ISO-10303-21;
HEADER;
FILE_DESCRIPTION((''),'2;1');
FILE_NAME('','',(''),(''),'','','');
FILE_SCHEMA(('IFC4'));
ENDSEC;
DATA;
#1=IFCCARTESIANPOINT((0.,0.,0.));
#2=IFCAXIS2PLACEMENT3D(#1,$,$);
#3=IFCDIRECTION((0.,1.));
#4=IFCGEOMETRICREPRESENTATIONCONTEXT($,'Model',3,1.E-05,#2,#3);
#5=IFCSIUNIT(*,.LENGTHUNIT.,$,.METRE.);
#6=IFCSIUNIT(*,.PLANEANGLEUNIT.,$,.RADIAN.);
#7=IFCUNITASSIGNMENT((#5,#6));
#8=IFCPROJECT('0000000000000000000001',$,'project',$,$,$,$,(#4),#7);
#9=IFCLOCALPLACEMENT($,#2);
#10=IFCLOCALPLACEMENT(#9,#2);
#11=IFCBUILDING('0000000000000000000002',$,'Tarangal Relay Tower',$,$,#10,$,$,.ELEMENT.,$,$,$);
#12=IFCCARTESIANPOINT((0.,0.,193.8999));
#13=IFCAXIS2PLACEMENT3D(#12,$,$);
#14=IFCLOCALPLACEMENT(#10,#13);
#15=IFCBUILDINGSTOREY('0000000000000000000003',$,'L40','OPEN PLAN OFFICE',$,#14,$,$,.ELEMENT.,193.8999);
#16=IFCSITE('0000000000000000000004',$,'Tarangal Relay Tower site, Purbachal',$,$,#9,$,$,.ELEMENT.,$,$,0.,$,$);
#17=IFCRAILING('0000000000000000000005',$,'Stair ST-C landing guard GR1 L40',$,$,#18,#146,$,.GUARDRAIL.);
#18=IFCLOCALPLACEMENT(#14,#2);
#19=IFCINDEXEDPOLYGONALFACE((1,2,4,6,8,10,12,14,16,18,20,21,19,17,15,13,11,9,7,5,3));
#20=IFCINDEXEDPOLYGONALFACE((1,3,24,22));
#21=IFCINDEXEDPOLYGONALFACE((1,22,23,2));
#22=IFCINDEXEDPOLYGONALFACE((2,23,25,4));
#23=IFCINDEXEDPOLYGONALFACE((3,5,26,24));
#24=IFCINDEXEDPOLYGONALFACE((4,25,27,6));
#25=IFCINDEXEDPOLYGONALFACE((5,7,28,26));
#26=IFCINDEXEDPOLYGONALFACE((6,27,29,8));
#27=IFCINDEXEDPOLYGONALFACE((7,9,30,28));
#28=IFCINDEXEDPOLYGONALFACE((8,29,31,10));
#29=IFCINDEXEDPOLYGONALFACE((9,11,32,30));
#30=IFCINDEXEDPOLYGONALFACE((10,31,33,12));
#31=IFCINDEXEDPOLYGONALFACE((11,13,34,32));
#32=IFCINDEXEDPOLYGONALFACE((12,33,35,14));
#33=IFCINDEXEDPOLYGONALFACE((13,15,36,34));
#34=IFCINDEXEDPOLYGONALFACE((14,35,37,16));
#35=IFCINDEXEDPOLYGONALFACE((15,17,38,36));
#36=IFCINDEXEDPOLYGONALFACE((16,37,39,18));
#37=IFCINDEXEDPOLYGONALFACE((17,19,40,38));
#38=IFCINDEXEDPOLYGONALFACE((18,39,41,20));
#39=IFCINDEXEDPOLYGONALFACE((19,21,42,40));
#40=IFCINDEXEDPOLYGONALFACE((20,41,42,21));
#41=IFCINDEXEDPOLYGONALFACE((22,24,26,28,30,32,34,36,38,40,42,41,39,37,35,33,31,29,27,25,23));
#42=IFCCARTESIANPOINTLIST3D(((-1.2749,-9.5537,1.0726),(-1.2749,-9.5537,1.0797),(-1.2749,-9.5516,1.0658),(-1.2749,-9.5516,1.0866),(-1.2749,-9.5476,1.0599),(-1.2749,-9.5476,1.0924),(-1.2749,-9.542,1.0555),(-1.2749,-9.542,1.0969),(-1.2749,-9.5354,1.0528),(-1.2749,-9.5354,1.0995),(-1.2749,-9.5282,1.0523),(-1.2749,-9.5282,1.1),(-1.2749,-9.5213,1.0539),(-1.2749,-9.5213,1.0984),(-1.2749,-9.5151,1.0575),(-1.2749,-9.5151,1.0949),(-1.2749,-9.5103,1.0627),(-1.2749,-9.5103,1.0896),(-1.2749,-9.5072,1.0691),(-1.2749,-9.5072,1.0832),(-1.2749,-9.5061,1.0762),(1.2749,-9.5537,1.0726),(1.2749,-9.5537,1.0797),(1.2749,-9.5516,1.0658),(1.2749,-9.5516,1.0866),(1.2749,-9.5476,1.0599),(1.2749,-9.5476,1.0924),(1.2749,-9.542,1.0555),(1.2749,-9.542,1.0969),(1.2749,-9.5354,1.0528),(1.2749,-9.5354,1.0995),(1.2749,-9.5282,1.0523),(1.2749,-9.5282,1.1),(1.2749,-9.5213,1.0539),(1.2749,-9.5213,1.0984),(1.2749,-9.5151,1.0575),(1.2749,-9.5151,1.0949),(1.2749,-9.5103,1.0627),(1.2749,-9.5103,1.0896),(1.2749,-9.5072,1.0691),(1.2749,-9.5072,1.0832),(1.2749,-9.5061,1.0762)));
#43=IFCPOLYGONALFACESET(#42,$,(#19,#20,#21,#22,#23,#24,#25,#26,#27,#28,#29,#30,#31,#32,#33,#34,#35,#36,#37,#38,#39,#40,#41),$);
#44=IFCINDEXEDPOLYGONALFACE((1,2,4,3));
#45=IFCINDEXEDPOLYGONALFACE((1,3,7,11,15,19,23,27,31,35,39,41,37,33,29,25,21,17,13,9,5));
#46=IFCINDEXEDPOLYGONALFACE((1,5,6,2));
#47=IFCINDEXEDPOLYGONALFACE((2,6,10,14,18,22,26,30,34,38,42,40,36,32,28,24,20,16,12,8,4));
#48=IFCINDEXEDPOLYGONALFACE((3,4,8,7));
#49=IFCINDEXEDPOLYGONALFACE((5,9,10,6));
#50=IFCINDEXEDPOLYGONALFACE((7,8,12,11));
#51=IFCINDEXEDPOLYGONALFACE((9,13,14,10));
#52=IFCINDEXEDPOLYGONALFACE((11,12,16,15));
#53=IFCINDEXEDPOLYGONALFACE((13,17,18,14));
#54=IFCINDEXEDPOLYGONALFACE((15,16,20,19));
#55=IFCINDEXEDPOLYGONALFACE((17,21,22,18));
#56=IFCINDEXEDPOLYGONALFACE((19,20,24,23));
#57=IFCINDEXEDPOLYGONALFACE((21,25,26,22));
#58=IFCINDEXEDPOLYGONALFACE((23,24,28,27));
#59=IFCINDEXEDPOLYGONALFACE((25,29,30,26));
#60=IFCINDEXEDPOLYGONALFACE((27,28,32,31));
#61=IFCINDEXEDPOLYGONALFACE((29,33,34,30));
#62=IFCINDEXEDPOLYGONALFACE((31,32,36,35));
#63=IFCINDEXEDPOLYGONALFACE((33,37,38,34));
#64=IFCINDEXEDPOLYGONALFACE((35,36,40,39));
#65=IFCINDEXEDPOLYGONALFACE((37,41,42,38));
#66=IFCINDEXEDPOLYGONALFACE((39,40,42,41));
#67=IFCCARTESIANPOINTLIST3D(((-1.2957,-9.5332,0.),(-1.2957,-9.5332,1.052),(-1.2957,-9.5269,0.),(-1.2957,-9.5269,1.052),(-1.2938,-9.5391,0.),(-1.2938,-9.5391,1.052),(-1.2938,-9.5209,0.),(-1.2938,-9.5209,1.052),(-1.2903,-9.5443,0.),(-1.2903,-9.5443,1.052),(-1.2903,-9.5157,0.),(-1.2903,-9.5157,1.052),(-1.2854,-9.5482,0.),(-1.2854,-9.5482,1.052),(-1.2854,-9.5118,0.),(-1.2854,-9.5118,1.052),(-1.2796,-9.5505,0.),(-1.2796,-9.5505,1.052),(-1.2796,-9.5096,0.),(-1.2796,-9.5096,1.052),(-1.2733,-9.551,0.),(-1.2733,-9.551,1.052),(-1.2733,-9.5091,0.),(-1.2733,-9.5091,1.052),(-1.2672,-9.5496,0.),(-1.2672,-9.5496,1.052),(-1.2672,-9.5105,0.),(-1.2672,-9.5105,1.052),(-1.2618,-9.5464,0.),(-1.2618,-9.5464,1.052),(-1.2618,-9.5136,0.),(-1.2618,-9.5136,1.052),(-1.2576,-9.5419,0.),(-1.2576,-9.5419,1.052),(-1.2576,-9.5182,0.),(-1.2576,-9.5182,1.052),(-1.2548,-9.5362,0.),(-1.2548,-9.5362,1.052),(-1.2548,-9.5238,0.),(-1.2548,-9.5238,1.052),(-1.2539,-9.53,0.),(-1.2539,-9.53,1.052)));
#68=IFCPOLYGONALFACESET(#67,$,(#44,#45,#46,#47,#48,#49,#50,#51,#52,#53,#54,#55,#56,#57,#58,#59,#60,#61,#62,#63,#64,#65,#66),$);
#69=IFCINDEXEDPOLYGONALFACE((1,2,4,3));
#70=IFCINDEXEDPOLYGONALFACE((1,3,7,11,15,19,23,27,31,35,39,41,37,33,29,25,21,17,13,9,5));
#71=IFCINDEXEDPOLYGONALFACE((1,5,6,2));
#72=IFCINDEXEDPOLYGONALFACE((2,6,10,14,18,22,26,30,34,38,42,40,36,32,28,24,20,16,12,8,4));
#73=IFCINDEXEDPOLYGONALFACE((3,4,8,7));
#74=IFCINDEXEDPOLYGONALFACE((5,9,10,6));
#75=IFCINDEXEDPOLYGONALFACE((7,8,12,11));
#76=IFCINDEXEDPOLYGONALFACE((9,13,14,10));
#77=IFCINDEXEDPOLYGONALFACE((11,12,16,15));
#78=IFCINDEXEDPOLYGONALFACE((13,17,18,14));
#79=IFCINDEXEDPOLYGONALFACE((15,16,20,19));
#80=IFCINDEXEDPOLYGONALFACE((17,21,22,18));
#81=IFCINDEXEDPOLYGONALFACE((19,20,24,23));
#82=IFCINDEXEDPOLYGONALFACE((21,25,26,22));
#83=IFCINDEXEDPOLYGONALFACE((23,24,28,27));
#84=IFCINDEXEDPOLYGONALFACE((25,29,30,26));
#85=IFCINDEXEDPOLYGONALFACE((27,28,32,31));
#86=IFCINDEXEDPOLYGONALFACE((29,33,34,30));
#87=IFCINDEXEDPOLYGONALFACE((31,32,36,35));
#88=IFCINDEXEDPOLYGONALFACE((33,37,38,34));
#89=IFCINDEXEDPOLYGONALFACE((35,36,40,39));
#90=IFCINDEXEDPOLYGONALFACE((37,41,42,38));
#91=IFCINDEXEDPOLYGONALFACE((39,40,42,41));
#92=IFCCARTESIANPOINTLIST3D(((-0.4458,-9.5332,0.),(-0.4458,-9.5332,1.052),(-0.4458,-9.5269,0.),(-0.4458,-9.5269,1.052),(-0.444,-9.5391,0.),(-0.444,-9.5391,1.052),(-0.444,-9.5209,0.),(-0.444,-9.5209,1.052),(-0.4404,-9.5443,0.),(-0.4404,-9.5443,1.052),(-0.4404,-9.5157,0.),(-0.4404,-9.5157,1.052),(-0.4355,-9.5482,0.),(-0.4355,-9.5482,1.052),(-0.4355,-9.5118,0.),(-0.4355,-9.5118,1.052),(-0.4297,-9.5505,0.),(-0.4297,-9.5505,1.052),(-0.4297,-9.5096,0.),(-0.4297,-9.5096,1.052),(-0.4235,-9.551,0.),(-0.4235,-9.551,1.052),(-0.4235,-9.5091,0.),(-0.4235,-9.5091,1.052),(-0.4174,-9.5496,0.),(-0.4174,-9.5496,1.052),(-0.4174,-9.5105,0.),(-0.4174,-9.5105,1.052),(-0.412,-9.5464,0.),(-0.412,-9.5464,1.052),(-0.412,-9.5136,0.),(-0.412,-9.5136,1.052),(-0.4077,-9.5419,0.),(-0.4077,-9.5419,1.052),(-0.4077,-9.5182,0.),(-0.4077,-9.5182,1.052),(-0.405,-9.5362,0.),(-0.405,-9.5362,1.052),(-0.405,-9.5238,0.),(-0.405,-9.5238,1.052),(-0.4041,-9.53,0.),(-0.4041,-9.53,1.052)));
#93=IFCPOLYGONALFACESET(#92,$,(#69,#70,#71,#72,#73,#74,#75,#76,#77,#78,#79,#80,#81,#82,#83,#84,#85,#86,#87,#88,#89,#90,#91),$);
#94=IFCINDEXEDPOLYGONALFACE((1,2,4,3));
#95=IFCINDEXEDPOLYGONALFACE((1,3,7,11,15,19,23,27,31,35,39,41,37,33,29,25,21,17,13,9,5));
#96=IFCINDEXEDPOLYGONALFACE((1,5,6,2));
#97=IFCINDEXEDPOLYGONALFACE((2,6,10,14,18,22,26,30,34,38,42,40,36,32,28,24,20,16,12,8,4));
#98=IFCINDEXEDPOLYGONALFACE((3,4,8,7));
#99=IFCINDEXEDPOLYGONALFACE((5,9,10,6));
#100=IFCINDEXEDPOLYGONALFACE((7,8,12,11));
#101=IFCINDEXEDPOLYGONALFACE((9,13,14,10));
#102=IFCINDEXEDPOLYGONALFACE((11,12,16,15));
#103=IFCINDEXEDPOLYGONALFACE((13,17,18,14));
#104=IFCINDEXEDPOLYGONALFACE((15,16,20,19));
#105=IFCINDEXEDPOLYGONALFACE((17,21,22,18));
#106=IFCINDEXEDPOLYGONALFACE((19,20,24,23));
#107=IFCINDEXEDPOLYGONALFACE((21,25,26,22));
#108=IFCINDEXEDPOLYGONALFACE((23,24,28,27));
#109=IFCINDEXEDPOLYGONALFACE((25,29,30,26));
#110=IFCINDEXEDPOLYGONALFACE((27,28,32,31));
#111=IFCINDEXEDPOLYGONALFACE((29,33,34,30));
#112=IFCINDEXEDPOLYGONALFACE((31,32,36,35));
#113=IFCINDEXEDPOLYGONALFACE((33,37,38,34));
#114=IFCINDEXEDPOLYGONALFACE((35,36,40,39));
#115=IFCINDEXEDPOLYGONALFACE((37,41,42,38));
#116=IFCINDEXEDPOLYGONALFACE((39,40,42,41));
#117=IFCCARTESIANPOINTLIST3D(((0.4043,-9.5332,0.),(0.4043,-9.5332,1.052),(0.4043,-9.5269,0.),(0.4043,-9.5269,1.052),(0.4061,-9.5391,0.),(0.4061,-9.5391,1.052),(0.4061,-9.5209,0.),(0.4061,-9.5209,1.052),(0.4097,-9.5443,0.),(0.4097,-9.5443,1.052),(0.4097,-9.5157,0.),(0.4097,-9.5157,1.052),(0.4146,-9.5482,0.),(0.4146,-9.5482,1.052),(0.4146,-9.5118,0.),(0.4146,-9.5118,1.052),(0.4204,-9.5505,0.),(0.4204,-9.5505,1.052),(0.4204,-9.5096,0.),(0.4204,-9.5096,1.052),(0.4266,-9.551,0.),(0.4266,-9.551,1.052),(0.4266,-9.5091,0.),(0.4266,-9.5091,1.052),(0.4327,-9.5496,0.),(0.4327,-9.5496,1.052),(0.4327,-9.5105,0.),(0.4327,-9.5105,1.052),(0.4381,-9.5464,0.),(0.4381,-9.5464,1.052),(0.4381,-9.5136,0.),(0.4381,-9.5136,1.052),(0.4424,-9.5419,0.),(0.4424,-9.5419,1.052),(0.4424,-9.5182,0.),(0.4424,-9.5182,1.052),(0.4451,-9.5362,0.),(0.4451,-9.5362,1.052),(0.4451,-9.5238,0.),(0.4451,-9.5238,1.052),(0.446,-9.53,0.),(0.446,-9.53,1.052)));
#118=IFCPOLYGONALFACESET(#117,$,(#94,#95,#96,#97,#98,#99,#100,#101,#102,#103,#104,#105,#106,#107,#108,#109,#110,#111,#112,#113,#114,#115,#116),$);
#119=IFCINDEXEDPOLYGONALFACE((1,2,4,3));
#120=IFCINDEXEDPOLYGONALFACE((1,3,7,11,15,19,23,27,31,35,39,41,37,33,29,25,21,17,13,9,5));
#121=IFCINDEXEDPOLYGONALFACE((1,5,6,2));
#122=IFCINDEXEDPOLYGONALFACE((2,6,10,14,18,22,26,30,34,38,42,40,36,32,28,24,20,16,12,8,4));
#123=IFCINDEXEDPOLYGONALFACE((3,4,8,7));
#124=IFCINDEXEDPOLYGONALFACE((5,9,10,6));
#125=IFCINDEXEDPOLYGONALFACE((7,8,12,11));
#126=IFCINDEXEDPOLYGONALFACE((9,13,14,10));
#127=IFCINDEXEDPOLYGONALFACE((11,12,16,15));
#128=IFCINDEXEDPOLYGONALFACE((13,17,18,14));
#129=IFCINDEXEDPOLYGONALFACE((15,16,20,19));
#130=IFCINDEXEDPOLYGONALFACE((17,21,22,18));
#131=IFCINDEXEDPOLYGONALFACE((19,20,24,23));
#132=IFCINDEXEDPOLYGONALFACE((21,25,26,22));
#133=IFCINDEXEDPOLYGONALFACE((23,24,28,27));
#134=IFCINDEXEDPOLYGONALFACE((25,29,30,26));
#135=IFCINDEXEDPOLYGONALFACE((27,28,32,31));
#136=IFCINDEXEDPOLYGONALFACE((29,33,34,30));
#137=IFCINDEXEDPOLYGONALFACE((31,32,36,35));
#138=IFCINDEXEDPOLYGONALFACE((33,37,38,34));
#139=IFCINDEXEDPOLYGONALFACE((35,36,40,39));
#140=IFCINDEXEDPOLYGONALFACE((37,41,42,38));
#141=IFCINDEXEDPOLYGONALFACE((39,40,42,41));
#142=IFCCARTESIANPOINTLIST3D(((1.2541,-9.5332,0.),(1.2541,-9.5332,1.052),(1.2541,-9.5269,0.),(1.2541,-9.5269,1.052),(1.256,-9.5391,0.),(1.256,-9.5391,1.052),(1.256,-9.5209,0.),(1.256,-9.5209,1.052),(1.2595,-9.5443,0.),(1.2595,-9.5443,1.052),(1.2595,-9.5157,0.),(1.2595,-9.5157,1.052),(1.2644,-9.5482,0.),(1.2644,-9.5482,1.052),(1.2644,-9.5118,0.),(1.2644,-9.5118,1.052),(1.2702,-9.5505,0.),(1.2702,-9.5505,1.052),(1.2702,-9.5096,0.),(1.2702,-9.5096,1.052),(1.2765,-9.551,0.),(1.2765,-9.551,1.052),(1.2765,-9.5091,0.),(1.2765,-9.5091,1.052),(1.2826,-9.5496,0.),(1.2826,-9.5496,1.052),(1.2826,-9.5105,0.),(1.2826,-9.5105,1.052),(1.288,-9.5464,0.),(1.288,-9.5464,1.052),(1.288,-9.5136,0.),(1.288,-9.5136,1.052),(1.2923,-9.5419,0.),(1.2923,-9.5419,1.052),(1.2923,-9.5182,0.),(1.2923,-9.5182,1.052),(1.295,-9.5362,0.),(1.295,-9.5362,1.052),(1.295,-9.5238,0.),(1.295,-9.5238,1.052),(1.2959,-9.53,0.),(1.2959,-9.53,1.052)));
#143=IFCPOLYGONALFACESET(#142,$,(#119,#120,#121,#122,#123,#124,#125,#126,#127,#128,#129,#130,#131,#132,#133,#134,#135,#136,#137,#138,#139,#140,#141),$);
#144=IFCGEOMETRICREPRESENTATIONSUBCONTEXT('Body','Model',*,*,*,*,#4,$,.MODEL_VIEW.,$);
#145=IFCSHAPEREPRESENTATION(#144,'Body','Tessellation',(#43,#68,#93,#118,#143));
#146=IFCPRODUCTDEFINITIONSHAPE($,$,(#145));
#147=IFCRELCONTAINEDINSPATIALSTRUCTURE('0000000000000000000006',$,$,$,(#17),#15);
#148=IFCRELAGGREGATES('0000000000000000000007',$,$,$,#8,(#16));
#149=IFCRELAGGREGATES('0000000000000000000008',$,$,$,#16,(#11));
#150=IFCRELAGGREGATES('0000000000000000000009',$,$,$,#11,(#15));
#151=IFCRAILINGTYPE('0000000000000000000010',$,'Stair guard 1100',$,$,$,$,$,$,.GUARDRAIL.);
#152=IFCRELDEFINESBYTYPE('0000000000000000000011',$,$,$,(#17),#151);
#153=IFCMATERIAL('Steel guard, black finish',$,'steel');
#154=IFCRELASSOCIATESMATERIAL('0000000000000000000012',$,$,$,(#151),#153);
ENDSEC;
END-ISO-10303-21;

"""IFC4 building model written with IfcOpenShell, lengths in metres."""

from ifc_helpers import new_model, si_unit, direction, frame, origin, origin_2d, place, context, subcontext, project, spatial, circle, extrude, material, type_object, element, save


model = new_model("IFC4")

# Units and contexts
model_context = context("Model", 3, precision=1e-05, world=origin(), true_north=direction((0.0, 1.0)))
body_context = subcontext(model_context, "Body", "Model", "MODEL_VIEW")
ifc_project = project(units=[si_unit("LENGTHUNIT", "METRE"), si_unit("PLANEANGLEUNIT", "RADIAN")], contexts=[model_context])

# Site, building, storey
site_placement = place(None, origin())
site = spatial("IfcSite", under=ifc_project, at=site_placement, Name="Tarangal Relay Tower site, Purbachal", CompositionType="ELEMENT", RefElevation=0.0)
building_placement = place(site_placement, origin())
building = spatial("IfcBuilding", under=site, at=building_placement, Name="Tarangal Relay Tower", CompositionType="ELEMENT")
storey_placement = place(building_placement, frame((0.0, 0.0, 193.8999)))
storey = spatial("IfcBuildingStorey", under=building, at=storey_placement, Name="L40", Description="OPEN PLAN OFFICE", CompositionType="ELEMENT", Elevation=193.8999)

# Railing
ifc_material_1 = material(Name="Steel guard, black finish", Category="steel")
railing_type_1 = type_object("IfcRailingType", Name="Stair guard 1100", PredefinedType="GUARDRAIL", material=ifc_material_1)
railing_1_placement = place(storey_placement, frame((-1.2749, -9.53, 0.0)))
element("IfcRailing", 1, at=railing_1_placement, inside=storey, type_object=railing_type_1, Name="Stair ST-C landing guard GR1 L40", PredefinedType="GUARDRAIL", context=body_context, shape_type="SweptSolid", body=[
    extrude(circle(Radius=0.0239, at=origin_2d()), frame((0.0, 0.0, 1.0762), z_axis=(1.0, 0.0, 0.0), x_axis=(0.0, 1.0, 0.0)), (0.0, 0.0, 1.0), 2.5498),
    extrude(circle(Radius=0.021, at=origin_2d()), origin(), (0.0, 0.0, 1.0), 1.052),
    extrude(circle(Radius=0.021, at=origin_2d()), frame((0.8499, 0.0, 0.0)), (0.0, 0.0, 1.0), 1.052),
    extrude(circle(Radius=0.021, at=origin_2d()), frame((1.7, 0.0, 0.0)), (0.0, 0.0, 1.0), 1.052),
    extrude(circle(Radius=0.021, at=origin_2d()), frame((2.5498, 0.0, 0.0)), (0.0, 0.0, 1.0), 1.052),
])

save(model, "model.ifc")
